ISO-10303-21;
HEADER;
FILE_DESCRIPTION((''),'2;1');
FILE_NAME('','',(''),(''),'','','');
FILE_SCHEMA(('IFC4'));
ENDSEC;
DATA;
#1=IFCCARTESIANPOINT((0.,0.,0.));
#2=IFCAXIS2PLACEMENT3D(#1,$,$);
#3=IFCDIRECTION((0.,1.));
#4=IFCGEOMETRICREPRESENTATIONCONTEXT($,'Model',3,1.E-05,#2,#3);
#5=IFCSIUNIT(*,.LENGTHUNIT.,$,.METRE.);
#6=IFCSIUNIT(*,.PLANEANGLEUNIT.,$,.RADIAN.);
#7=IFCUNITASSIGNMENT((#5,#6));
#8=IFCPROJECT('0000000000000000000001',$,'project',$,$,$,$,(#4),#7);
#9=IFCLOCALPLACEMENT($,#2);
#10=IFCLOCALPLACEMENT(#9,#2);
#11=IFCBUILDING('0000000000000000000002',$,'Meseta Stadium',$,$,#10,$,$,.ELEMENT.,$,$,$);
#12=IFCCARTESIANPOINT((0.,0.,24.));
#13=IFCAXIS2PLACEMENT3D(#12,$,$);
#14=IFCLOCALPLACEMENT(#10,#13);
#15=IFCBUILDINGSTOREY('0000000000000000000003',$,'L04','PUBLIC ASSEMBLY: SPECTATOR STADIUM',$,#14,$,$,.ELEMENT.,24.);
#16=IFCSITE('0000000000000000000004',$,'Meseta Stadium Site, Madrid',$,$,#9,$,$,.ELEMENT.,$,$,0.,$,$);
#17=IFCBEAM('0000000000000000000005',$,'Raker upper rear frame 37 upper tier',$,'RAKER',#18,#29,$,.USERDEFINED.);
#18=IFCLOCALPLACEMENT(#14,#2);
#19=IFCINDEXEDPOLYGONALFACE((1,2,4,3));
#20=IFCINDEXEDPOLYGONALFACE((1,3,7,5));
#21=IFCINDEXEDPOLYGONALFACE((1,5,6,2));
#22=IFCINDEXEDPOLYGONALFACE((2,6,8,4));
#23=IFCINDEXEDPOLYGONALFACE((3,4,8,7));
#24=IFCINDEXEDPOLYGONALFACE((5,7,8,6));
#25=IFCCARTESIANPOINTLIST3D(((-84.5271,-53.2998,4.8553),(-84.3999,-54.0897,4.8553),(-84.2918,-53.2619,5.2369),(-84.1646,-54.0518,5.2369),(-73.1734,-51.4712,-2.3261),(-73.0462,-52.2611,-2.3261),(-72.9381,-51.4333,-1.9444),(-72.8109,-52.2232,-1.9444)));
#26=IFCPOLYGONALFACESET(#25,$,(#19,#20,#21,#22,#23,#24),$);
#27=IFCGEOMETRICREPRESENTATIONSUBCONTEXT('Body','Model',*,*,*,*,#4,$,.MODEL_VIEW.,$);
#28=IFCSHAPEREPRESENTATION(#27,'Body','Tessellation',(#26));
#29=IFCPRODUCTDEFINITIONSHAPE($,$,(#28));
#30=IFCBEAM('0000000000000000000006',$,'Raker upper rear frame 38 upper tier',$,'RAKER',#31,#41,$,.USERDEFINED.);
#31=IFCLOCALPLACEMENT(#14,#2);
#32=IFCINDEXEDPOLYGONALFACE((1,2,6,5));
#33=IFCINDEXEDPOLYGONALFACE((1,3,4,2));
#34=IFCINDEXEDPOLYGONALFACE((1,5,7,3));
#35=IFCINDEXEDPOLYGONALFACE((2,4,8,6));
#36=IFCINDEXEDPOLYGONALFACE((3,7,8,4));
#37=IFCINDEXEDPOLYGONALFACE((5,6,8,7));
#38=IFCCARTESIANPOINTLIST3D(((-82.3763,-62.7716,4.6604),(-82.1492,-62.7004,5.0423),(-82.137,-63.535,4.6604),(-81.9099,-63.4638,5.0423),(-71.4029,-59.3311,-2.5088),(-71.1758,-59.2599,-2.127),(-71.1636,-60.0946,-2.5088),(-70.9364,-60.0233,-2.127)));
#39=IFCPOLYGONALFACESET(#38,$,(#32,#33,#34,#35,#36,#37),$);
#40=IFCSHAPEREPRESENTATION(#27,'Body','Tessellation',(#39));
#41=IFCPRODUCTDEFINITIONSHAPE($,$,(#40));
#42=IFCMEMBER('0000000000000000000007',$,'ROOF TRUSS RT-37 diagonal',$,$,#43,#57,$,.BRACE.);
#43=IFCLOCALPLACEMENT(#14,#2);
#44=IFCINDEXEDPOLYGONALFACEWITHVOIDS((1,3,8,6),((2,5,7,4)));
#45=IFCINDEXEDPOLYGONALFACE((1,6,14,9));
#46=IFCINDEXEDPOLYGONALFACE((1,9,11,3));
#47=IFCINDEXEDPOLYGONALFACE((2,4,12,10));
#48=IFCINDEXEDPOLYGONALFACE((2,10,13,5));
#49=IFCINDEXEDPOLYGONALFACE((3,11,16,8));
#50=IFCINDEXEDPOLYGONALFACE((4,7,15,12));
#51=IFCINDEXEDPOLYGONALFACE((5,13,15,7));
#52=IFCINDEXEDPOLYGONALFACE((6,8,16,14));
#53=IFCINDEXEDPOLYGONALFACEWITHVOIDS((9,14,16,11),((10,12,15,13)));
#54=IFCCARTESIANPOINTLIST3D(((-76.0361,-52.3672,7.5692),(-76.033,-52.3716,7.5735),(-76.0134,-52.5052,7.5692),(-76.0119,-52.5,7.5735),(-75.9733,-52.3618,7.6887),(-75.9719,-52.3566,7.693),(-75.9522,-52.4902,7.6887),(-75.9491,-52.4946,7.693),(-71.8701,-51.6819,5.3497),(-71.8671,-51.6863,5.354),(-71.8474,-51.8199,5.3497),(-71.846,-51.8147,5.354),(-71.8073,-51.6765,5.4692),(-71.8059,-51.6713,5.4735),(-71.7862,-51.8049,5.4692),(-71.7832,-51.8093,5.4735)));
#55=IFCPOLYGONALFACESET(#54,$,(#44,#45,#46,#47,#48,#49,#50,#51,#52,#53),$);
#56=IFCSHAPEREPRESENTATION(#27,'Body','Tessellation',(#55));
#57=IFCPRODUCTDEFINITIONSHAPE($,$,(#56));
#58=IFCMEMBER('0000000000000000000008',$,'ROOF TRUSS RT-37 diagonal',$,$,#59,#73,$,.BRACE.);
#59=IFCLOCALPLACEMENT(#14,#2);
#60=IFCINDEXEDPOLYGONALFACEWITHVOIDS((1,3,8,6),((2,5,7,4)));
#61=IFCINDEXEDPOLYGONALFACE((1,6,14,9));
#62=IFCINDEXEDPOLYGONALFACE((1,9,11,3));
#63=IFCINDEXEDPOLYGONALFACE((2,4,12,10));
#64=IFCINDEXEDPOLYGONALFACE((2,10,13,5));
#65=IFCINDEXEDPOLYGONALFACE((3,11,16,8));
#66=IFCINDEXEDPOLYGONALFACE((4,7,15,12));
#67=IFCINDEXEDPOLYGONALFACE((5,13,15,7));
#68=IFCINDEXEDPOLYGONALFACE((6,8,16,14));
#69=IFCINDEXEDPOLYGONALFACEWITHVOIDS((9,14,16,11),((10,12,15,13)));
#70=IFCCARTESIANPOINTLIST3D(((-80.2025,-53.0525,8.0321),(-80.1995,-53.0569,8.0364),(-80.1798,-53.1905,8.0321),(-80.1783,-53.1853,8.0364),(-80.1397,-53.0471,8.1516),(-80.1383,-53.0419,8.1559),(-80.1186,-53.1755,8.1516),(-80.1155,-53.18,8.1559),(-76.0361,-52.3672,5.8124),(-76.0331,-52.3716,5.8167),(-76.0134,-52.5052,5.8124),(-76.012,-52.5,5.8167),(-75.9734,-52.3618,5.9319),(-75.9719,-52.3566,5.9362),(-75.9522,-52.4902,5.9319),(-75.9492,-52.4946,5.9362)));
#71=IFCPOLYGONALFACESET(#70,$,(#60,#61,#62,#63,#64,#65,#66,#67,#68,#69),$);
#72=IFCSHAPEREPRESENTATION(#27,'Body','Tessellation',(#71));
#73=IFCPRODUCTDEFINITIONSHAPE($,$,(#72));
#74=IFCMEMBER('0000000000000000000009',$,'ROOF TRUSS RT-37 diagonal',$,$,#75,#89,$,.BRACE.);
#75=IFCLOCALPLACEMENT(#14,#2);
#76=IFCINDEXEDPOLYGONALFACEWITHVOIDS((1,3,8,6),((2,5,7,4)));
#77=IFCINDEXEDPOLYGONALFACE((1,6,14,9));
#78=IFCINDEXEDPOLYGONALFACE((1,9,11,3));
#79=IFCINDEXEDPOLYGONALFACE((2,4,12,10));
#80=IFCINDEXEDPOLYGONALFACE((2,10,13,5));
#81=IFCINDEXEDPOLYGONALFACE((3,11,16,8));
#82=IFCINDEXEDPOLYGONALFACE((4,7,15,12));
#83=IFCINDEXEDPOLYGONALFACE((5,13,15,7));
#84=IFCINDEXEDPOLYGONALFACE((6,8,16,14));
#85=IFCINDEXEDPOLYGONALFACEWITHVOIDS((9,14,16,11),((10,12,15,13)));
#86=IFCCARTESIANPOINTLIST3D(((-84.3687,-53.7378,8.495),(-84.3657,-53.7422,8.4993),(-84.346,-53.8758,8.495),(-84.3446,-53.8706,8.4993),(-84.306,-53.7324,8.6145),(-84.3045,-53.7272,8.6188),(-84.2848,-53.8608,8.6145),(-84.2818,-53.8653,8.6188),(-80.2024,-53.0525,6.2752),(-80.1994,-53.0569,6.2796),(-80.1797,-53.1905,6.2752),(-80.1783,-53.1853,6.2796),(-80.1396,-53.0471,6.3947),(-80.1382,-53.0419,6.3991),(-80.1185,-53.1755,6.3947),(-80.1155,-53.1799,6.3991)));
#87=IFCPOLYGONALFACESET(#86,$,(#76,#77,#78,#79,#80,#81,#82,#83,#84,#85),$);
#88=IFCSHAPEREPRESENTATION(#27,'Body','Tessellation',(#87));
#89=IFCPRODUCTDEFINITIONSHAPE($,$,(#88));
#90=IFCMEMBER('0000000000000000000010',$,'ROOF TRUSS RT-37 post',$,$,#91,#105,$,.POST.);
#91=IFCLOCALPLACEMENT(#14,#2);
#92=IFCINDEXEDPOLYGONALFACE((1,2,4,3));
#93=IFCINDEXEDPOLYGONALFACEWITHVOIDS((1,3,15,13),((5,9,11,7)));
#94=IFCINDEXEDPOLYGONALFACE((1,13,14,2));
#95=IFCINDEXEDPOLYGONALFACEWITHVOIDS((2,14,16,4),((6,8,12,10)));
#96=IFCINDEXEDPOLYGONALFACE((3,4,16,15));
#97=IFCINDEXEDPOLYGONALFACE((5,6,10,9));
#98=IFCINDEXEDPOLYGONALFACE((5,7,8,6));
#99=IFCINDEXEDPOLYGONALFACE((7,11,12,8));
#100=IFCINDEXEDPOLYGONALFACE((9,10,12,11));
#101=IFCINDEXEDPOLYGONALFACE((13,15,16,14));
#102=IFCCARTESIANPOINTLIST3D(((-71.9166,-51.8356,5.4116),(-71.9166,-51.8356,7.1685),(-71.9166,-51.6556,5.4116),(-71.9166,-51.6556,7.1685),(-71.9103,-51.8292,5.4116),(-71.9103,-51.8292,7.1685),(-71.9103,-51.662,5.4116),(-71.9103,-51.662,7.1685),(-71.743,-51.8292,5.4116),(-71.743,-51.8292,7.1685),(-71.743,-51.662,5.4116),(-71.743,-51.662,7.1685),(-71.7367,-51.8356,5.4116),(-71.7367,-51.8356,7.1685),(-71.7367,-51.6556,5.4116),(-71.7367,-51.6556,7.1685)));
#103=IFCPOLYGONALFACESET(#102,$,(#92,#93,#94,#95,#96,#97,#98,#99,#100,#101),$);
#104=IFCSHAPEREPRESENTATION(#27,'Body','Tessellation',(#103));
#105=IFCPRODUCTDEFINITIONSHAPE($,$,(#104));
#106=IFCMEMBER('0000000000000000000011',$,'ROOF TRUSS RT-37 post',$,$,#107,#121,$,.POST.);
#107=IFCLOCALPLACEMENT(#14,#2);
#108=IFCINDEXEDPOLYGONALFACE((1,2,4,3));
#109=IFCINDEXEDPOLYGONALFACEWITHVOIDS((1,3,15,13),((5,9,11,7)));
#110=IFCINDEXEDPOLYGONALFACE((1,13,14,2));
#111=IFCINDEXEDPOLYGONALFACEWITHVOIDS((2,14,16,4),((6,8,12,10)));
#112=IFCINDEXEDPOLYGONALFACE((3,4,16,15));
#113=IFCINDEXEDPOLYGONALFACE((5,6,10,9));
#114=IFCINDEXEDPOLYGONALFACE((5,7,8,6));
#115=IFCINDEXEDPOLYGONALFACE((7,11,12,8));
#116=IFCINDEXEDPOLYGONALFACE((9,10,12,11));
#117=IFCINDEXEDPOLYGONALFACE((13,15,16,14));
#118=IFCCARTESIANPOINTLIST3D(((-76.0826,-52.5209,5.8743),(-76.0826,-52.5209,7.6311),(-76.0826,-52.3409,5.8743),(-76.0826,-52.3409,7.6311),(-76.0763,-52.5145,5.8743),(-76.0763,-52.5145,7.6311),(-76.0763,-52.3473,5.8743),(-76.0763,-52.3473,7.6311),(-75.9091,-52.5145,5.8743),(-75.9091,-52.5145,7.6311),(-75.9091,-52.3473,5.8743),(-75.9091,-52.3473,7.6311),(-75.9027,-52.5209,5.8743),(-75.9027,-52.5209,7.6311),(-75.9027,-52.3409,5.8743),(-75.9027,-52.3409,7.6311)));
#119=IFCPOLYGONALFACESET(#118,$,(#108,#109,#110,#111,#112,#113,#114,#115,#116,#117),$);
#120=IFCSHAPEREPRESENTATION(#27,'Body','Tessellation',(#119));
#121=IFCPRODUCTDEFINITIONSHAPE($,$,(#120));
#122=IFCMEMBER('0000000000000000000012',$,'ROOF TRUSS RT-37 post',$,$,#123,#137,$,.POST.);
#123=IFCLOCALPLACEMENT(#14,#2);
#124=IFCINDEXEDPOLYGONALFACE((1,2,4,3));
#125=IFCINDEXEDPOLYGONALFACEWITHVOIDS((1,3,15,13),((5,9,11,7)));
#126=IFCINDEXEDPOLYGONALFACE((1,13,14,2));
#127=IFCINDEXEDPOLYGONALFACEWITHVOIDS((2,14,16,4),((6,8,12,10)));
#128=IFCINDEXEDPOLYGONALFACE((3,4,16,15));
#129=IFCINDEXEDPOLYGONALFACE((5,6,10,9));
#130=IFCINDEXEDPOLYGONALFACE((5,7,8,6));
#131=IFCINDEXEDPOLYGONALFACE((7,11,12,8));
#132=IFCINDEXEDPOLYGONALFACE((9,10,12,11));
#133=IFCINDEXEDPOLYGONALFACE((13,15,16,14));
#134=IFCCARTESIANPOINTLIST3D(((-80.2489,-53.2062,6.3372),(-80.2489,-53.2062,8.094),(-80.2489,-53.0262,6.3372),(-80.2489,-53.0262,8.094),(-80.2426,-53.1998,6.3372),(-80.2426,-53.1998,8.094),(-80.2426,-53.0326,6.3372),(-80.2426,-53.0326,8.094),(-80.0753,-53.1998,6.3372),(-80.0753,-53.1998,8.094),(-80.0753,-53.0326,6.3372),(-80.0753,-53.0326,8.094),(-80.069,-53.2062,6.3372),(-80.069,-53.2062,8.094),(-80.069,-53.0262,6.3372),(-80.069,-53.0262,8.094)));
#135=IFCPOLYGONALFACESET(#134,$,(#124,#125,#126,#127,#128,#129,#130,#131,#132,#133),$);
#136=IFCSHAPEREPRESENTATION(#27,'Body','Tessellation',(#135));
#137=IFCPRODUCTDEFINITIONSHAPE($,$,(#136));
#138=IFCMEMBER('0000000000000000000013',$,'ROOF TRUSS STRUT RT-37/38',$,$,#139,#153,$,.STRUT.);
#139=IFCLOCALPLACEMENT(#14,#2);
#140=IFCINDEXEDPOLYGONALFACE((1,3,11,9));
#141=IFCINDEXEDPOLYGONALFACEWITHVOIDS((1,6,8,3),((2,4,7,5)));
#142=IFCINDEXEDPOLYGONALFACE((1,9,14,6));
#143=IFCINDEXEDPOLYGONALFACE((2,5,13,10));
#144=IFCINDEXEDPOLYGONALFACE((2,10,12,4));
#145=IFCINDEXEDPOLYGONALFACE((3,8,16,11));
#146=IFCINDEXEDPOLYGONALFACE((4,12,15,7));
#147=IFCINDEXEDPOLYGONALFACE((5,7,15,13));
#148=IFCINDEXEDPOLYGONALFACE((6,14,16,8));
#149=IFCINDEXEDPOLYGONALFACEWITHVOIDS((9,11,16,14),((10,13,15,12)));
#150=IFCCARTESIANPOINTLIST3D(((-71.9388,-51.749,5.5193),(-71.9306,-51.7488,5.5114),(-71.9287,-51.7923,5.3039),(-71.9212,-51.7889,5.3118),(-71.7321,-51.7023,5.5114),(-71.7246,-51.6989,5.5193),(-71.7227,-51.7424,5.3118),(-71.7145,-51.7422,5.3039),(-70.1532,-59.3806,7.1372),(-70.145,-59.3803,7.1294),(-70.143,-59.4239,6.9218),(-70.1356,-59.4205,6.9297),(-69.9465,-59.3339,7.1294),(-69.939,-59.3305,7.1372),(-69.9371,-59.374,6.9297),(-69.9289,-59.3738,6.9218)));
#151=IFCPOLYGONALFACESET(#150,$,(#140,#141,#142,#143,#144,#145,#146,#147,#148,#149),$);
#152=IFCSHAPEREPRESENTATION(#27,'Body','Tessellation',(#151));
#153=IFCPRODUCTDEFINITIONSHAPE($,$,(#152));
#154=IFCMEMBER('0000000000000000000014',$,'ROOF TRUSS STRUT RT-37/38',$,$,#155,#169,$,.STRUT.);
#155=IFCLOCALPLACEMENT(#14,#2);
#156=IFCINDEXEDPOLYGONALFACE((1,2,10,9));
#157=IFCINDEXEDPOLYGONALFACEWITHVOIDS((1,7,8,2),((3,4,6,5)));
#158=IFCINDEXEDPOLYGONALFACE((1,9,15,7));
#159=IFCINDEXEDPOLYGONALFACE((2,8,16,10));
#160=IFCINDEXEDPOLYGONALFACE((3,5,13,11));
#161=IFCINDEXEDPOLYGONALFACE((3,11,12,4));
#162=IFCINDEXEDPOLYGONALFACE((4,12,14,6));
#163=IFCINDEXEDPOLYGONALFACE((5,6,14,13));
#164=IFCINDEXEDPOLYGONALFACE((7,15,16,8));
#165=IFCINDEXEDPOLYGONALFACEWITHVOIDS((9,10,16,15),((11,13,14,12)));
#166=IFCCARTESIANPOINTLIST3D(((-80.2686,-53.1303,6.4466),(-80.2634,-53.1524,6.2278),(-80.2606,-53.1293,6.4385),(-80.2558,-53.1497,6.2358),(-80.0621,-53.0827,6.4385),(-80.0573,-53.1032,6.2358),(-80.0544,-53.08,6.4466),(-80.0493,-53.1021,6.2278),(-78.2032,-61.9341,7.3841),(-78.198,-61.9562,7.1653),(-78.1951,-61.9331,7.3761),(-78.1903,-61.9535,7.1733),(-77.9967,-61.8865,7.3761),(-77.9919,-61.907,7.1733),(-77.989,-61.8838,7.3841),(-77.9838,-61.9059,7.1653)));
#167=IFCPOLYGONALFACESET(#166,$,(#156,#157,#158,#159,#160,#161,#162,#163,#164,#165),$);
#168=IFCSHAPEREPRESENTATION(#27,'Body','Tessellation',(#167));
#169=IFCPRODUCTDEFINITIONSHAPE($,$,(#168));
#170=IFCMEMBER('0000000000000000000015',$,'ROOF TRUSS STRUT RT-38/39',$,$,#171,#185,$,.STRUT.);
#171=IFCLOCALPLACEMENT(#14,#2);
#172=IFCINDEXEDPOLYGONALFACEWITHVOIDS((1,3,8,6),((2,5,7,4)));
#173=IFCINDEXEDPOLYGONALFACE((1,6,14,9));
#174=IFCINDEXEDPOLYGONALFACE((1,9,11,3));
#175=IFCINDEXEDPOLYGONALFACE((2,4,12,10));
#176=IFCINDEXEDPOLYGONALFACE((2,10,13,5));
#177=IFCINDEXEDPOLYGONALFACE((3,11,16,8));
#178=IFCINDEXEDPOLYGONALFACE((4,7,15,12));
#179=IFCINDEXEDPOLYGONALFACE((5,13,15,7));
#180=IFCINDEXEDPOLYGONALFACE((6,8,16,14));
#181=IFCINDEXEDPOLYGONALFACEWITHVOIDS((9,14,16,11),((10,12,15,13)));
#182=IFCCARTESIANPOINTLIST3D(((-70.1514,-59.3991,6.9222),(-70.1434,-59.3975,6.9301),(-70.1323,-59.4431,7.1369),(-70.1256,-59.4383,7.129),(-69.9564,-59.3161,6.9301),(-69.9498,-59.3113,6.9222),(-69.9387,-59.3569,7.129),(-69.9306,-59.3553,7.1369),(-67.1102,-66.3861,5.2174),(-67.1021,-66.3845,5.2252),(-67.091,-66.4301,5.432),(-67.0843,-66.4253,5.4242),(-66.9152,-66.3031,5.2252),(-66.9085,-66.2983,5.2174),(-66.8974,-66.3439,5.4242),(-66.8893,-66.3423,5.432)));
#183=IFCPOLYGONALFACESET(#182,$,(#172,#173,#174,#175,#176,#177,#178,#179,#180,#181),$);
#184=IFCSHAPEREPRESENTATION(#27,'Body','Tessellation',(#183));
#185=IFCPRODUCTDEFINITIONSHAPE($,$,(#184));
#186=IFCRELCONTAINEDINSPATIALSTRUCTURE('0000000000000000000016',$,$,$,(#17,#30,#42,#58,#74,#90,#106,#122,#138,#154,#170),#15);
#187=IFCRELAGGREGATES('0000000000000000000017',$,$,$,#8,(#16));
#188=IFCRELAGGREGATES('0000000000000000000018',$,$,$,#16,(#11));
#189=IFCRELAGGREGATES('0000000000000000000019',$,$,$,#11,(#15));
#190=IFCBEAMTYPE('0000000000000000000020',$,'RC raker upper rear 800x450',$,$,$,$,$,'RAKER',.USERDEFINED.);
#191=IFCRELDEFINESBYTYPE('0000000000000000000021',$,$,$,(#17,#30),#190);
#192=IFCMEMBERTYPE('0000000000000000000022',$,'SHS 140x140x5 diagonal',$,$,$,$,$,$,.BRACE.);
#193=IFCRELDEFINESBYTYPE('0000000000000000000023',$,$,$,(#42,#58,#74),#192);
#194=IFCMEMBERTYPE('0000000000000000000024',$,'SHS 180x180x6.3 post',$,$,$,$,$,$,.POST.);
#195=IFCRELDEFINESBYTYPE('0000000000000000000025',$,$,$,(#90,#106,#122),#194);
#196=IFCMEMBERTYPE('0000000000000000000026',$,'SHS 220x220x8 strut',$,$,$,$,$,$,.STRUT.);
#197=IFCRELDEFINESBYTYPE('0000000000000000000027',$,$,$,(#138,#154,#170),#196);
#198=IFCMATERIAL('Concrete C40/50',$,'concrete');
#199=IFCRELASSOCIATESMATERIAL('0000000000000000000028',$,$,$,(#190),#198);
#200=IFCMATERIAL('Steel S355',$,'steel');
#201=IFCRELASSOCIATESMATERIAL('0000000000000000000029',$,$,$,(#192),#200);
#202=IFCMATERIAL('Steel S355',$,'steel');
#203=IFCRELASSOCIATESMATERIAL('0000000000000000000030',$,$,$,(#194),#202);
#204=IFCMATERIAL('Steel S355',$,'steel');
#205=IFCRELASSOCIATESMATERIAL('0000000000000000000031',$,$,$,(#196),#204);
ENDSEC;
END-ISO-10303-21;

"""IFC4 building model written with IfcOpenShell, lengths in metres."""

from ifc_helpers import new_model, si_unit, direction, frame, origin, origin_2d, place, context, subcontext, project, spatial, rectangle, hollow_rectangle, extrude, material, material_profile, profile_set, type_object, element, save


model = new_model("IFC4")

# Units and contexts
model_context = context("Model", 3, precision=1e-05, world=origin(), true_north=direction((0.0, 1.0)))
body_context = subcontext(model_context, "Body", "Model", "MODEL_VIEW")
ifc_project = project(units=[si_unit("LENGTHUNIT", "METRE"), si_unit("PLANEANGLEUNIT", "RADIAN")], contexts=[model_context])

# Site, building, storey
site_placement = place(None, origin())
site = spatial("IfcSite", under=ifc_project, at=site_placement, Name="Meseta Stadium Site, Madrid", CompositionType="ELEMENT", RefElevation=0.0)
building_placement = place(site_placement, origin())
building = spatial("IfcBuilding", under=site, at=building_placement, Name="Meseta Stadium", CompositionType="ELEMENT")
storey_placement = place(building_placement, frame((0.0, 0.0, 24.0)))
storey = spatial("IfcBuildingStorey", under=building, at=storey_placement, Name="L04", Description="PUBLIC ASSEMBLY: SPECTATOR STADIUM", CompositionType="ELEMENT", Elevation=24.0)

# Beams
ifc_material_1 = material(Name="Concrete C40/50", Category="concrete")
ifc_material_profile_1 = material_profile(ifc_material_1, rectangle(XDim=0.8, YDim=0.45, at=origin_2d()), Name="RC 800x450")
ifc_profile_set_1 = profile_set([ifc_material_profile_1], Name="Concrete C40/50")
beam_type = type_object("IfcBeamType", Name="RC raker upper rear 800x450", ElementType="RAKER", PredefinedType="USERDEFINED", material=ifc_profile_set_1)
beam_1_placement = place(storey_placement, frame((-72.9922, -51.8472, -2.1353), z_axis=(-0.837411, -0.134872, 0.529673), x_axis=(0.159009, -0.987277, 0.0)))
element("IfcBeam", 1, at=beam_1_placement, inside=storey, type_object=beam_type, Name="Raker upper rear frame 37 upper tier", ObjectType="RAKER", PredefinedType="USERDEFINED", context=body_context, shape_type="SweptSolid", body=[
    extrude(rectangle(XDim=0.8, YDim=0.45, at=origin_2d()), origin(), (0.0, 0.0, 1.0), 13.5581),
])
beam_2_placement = place(storey_placement, frame((-71.1697, -59.6772, -2.3179), z_axis=(-0.809741, -0.253874, 0.529024), x_axis=(0.299166, -0.954201, 0.0)))
element("IfcBeam", 2, at=beam_2_placement, inside=storey, type_object=beam_type, Name="Raker upper rear frame 38 upper tier", ObjectType="RAKER", PredefinedType="USERDEFINED", context=body_context, shape_type="SweptSolid", body=[
    extrude(rectangle(XDim=0.8, YDim=0.45, at=origin_2d()), origin(), (0.0, 0.0, 1.0), 13.5518),
])

# Members
ifc_material_2 = material(Name="Steel S355", Category="steel")
ifc_material_profile_2 = material_profile(ifc_material_2, hollow_rectangle(XDim=0.1399, YDim=0.1399, WallThickness=0.0049, at=origin_2d()), Name="SHS 140x140x5")
ifc_profile_set_2 = profile_set([ifc_material_profile_2], Name="Steel S355")
member_type_1 = type_object("IfcMemberType", Name="SHS 140x140x5 diagonal", PredefinedType="BRACE", material=ifc_profile_set_2)
member_1_placement = place(storey_placement, frame((-71.8267, -51.7456, 5.4116), z_axis=(-0.873407, -0.143674, 0.465315), x_axis=(0.162317, -0.986739, 0.0)))
element("IfcMember", 3, at=member_1_placement, inside=storey, type_object=member_type_1, Name="ROOF TRUSS RT-37 diagonal", PredefinedType="BRACE", context=body_context, shape_type="SweptSolid", body=[
    extrude(hollow_rectangle(XDim=0.1399, YDim=0.1399, WallThickness=0.0049, at=origin_2d()), origin(), (0.0, 0.0, 1.0), 4.7698),
])
for number, where, z_axis, x_axis, name in (
    (4, (-75.9927, -52.4309, 5.8743), (-0.873398, -0.143664, 0.465335), (0.162308, -0.98674, 0.0), "ROOF TRUSS RT-37 diagonal"),
    (5, (-80.1589, -53.1162, 6.3372), (-0.873398, -0.143664, 0.465335), (0.162308, -0.98674, 0.0), "ROOF TRUSS RT-37 diagonal"),
):
    element("IfcMember", number, at=place(storey_placement, frame(where, z_axis=z_axis, x_axis=x_axis)), inside=storey, type_object=member_type_1, Name=name, PredefinedType="BRACE", context=body_context, shape_type="SweptSolid", body=[
        extrude(hollow_rectangle(XDim=0.1399, YDim=0.1399, WallThickness=0.0049, at=origin_2d()), origin(), (0.0, 0.0, 1.0), 4.7703),
    ])
ifc_material_3 = material(Name="Steel S355", Category="steel")
ifc_material_profile_3 = material_profile(ifc_material_3, hollow_rectangle(XDim=0.1799, YDim=0.1799, WallThickness=0.0063, at=origin_2d()), Name="SHS 180x180x6.3")
ifc_profile_set_3 = profile_set([ifc_material_profile_3], Name="Steel S355")
member_type_2 = type_object("IfcMemberType", Name="SHS 180x180x6.3 post", PredefinedType="POST", material=ifc_profile_set_3)
for number, where, z_axis, x_axis, name in (
    (6, (-71.8267, -51.7456, 5.4116), (0.0, 0.0, 1.0), (1.0, 0.0, 0.0), "ROOF TRUSS RT-37 post"),
    (7, (-75.9927, -52.4309, 5.8743), (0.0, 0.0, 1.0), (1.0, 0.0, 0.0), "ROOF TRUSS RT-37 post"),
    (8, (-80.1589, -53.1162, 6.3372), (0.0, 0.0, 1.0), (1.0, 0.0, 0.0), "ROOF TRUSS RT-37 post"),
):
    element("IfcMember", number, at=place(storey_placement, frame(where, z_axis=z_axis, x_axis=x_axis)), inside=storey, type_object=member_type_2, Name=name, PredefinedType="POST", context=body_context, shape_type="SweptSolid", body=[
        extrude(hollow_rectangle(XDim=0.1799, YDim=0.1799, WallThickness=0.0063, at=origin_2d()), origin(), (0.0, 0.0, 1.0), 1.7568),
    ])
ifc_material_4 = material(Name="Steel S355", Category="steel")
ifc_material_profile_4 = material_profile(ifc_material_4, hollow_rectangle(XDim=0.22, YDim=0.22, WallThickness=0.0081, at=origin_2d()), Name="SHS 220x220x8")
ifc_profile_set_4 = profile_set([ifc_material_profile_4], Name="Steel S355")
member_type_3 = type_object("IfcMemberType", Name="SHS 220x220x8 strut", PredefinedType="STRUT", material=ifc_profile_set_4)
member_2_placement = place(storey_placement, frame((-71.8267, -51.7456, 5.4116), z_axis=(0.223123, -0.953596, 0.202165), x_axis=(0.973702, 0.227827, 0.0)))
element("IfcMember", 9, at=member_2_placement, inside=storey, type_object=member_type_3, Name="ROOF TRUSS STRUT RT-37/38", PredefinedType="STRUT", context=body_context, shape_type="SweptSolid", body=[
    extrude(hollow_rectangle(XDim=0.22, YDim=0.22, WallThickness=0.0081, at=origin_2d()), origin(), (0.0, 0.0, 1.0), 8.0029),
])
member_3_placement = place(storey_placement, frame((-80.1589, -53.1162, 6.3372), z_axis=(0.22719, -0.968375, 0.103122), x_axis=(0.973566, 0.228407, 0.0)))
element("IfcMember", 10, at=member_3_placement, inside=storey, type_object=member_type_3, Name="ROOF TRUSS STRUT RT-37/38", PredefinedType="STRUT", context=body_context, shape_type="SweptSolid", body=[
    extrude(hollow_rectangle(XDim=0.22, YDim=0.22, WallThickness=0.0081, at=origin_2d()), origin(), (0.0, 0.0, 1.0), 9.0913),
])
member_4_placement = place(storey_placement, frame((-70.041, -59.3772, 7.0295), z_axis=(0.389474, -0.894787, -0.218327), x_axis=(0.916906, 0.399102, 0.0)))
element("IfcMember", 11, at=member_4_placement, inside=storey, type_object=member_type_3, Name="ROOF TRUSS STRUT RT-38/39", PredefinedType="STRUT", context=body_context, shape_type="SweptSolid", body=[
    extrude(hollow_rectangle(XDim=0.22, YDim=0.22, WallThickness=0.0081, at=origin_2d()), origin(), (0.0, 0.0, 1.0), 7.8086),
])

save(model, "model.ifc")
